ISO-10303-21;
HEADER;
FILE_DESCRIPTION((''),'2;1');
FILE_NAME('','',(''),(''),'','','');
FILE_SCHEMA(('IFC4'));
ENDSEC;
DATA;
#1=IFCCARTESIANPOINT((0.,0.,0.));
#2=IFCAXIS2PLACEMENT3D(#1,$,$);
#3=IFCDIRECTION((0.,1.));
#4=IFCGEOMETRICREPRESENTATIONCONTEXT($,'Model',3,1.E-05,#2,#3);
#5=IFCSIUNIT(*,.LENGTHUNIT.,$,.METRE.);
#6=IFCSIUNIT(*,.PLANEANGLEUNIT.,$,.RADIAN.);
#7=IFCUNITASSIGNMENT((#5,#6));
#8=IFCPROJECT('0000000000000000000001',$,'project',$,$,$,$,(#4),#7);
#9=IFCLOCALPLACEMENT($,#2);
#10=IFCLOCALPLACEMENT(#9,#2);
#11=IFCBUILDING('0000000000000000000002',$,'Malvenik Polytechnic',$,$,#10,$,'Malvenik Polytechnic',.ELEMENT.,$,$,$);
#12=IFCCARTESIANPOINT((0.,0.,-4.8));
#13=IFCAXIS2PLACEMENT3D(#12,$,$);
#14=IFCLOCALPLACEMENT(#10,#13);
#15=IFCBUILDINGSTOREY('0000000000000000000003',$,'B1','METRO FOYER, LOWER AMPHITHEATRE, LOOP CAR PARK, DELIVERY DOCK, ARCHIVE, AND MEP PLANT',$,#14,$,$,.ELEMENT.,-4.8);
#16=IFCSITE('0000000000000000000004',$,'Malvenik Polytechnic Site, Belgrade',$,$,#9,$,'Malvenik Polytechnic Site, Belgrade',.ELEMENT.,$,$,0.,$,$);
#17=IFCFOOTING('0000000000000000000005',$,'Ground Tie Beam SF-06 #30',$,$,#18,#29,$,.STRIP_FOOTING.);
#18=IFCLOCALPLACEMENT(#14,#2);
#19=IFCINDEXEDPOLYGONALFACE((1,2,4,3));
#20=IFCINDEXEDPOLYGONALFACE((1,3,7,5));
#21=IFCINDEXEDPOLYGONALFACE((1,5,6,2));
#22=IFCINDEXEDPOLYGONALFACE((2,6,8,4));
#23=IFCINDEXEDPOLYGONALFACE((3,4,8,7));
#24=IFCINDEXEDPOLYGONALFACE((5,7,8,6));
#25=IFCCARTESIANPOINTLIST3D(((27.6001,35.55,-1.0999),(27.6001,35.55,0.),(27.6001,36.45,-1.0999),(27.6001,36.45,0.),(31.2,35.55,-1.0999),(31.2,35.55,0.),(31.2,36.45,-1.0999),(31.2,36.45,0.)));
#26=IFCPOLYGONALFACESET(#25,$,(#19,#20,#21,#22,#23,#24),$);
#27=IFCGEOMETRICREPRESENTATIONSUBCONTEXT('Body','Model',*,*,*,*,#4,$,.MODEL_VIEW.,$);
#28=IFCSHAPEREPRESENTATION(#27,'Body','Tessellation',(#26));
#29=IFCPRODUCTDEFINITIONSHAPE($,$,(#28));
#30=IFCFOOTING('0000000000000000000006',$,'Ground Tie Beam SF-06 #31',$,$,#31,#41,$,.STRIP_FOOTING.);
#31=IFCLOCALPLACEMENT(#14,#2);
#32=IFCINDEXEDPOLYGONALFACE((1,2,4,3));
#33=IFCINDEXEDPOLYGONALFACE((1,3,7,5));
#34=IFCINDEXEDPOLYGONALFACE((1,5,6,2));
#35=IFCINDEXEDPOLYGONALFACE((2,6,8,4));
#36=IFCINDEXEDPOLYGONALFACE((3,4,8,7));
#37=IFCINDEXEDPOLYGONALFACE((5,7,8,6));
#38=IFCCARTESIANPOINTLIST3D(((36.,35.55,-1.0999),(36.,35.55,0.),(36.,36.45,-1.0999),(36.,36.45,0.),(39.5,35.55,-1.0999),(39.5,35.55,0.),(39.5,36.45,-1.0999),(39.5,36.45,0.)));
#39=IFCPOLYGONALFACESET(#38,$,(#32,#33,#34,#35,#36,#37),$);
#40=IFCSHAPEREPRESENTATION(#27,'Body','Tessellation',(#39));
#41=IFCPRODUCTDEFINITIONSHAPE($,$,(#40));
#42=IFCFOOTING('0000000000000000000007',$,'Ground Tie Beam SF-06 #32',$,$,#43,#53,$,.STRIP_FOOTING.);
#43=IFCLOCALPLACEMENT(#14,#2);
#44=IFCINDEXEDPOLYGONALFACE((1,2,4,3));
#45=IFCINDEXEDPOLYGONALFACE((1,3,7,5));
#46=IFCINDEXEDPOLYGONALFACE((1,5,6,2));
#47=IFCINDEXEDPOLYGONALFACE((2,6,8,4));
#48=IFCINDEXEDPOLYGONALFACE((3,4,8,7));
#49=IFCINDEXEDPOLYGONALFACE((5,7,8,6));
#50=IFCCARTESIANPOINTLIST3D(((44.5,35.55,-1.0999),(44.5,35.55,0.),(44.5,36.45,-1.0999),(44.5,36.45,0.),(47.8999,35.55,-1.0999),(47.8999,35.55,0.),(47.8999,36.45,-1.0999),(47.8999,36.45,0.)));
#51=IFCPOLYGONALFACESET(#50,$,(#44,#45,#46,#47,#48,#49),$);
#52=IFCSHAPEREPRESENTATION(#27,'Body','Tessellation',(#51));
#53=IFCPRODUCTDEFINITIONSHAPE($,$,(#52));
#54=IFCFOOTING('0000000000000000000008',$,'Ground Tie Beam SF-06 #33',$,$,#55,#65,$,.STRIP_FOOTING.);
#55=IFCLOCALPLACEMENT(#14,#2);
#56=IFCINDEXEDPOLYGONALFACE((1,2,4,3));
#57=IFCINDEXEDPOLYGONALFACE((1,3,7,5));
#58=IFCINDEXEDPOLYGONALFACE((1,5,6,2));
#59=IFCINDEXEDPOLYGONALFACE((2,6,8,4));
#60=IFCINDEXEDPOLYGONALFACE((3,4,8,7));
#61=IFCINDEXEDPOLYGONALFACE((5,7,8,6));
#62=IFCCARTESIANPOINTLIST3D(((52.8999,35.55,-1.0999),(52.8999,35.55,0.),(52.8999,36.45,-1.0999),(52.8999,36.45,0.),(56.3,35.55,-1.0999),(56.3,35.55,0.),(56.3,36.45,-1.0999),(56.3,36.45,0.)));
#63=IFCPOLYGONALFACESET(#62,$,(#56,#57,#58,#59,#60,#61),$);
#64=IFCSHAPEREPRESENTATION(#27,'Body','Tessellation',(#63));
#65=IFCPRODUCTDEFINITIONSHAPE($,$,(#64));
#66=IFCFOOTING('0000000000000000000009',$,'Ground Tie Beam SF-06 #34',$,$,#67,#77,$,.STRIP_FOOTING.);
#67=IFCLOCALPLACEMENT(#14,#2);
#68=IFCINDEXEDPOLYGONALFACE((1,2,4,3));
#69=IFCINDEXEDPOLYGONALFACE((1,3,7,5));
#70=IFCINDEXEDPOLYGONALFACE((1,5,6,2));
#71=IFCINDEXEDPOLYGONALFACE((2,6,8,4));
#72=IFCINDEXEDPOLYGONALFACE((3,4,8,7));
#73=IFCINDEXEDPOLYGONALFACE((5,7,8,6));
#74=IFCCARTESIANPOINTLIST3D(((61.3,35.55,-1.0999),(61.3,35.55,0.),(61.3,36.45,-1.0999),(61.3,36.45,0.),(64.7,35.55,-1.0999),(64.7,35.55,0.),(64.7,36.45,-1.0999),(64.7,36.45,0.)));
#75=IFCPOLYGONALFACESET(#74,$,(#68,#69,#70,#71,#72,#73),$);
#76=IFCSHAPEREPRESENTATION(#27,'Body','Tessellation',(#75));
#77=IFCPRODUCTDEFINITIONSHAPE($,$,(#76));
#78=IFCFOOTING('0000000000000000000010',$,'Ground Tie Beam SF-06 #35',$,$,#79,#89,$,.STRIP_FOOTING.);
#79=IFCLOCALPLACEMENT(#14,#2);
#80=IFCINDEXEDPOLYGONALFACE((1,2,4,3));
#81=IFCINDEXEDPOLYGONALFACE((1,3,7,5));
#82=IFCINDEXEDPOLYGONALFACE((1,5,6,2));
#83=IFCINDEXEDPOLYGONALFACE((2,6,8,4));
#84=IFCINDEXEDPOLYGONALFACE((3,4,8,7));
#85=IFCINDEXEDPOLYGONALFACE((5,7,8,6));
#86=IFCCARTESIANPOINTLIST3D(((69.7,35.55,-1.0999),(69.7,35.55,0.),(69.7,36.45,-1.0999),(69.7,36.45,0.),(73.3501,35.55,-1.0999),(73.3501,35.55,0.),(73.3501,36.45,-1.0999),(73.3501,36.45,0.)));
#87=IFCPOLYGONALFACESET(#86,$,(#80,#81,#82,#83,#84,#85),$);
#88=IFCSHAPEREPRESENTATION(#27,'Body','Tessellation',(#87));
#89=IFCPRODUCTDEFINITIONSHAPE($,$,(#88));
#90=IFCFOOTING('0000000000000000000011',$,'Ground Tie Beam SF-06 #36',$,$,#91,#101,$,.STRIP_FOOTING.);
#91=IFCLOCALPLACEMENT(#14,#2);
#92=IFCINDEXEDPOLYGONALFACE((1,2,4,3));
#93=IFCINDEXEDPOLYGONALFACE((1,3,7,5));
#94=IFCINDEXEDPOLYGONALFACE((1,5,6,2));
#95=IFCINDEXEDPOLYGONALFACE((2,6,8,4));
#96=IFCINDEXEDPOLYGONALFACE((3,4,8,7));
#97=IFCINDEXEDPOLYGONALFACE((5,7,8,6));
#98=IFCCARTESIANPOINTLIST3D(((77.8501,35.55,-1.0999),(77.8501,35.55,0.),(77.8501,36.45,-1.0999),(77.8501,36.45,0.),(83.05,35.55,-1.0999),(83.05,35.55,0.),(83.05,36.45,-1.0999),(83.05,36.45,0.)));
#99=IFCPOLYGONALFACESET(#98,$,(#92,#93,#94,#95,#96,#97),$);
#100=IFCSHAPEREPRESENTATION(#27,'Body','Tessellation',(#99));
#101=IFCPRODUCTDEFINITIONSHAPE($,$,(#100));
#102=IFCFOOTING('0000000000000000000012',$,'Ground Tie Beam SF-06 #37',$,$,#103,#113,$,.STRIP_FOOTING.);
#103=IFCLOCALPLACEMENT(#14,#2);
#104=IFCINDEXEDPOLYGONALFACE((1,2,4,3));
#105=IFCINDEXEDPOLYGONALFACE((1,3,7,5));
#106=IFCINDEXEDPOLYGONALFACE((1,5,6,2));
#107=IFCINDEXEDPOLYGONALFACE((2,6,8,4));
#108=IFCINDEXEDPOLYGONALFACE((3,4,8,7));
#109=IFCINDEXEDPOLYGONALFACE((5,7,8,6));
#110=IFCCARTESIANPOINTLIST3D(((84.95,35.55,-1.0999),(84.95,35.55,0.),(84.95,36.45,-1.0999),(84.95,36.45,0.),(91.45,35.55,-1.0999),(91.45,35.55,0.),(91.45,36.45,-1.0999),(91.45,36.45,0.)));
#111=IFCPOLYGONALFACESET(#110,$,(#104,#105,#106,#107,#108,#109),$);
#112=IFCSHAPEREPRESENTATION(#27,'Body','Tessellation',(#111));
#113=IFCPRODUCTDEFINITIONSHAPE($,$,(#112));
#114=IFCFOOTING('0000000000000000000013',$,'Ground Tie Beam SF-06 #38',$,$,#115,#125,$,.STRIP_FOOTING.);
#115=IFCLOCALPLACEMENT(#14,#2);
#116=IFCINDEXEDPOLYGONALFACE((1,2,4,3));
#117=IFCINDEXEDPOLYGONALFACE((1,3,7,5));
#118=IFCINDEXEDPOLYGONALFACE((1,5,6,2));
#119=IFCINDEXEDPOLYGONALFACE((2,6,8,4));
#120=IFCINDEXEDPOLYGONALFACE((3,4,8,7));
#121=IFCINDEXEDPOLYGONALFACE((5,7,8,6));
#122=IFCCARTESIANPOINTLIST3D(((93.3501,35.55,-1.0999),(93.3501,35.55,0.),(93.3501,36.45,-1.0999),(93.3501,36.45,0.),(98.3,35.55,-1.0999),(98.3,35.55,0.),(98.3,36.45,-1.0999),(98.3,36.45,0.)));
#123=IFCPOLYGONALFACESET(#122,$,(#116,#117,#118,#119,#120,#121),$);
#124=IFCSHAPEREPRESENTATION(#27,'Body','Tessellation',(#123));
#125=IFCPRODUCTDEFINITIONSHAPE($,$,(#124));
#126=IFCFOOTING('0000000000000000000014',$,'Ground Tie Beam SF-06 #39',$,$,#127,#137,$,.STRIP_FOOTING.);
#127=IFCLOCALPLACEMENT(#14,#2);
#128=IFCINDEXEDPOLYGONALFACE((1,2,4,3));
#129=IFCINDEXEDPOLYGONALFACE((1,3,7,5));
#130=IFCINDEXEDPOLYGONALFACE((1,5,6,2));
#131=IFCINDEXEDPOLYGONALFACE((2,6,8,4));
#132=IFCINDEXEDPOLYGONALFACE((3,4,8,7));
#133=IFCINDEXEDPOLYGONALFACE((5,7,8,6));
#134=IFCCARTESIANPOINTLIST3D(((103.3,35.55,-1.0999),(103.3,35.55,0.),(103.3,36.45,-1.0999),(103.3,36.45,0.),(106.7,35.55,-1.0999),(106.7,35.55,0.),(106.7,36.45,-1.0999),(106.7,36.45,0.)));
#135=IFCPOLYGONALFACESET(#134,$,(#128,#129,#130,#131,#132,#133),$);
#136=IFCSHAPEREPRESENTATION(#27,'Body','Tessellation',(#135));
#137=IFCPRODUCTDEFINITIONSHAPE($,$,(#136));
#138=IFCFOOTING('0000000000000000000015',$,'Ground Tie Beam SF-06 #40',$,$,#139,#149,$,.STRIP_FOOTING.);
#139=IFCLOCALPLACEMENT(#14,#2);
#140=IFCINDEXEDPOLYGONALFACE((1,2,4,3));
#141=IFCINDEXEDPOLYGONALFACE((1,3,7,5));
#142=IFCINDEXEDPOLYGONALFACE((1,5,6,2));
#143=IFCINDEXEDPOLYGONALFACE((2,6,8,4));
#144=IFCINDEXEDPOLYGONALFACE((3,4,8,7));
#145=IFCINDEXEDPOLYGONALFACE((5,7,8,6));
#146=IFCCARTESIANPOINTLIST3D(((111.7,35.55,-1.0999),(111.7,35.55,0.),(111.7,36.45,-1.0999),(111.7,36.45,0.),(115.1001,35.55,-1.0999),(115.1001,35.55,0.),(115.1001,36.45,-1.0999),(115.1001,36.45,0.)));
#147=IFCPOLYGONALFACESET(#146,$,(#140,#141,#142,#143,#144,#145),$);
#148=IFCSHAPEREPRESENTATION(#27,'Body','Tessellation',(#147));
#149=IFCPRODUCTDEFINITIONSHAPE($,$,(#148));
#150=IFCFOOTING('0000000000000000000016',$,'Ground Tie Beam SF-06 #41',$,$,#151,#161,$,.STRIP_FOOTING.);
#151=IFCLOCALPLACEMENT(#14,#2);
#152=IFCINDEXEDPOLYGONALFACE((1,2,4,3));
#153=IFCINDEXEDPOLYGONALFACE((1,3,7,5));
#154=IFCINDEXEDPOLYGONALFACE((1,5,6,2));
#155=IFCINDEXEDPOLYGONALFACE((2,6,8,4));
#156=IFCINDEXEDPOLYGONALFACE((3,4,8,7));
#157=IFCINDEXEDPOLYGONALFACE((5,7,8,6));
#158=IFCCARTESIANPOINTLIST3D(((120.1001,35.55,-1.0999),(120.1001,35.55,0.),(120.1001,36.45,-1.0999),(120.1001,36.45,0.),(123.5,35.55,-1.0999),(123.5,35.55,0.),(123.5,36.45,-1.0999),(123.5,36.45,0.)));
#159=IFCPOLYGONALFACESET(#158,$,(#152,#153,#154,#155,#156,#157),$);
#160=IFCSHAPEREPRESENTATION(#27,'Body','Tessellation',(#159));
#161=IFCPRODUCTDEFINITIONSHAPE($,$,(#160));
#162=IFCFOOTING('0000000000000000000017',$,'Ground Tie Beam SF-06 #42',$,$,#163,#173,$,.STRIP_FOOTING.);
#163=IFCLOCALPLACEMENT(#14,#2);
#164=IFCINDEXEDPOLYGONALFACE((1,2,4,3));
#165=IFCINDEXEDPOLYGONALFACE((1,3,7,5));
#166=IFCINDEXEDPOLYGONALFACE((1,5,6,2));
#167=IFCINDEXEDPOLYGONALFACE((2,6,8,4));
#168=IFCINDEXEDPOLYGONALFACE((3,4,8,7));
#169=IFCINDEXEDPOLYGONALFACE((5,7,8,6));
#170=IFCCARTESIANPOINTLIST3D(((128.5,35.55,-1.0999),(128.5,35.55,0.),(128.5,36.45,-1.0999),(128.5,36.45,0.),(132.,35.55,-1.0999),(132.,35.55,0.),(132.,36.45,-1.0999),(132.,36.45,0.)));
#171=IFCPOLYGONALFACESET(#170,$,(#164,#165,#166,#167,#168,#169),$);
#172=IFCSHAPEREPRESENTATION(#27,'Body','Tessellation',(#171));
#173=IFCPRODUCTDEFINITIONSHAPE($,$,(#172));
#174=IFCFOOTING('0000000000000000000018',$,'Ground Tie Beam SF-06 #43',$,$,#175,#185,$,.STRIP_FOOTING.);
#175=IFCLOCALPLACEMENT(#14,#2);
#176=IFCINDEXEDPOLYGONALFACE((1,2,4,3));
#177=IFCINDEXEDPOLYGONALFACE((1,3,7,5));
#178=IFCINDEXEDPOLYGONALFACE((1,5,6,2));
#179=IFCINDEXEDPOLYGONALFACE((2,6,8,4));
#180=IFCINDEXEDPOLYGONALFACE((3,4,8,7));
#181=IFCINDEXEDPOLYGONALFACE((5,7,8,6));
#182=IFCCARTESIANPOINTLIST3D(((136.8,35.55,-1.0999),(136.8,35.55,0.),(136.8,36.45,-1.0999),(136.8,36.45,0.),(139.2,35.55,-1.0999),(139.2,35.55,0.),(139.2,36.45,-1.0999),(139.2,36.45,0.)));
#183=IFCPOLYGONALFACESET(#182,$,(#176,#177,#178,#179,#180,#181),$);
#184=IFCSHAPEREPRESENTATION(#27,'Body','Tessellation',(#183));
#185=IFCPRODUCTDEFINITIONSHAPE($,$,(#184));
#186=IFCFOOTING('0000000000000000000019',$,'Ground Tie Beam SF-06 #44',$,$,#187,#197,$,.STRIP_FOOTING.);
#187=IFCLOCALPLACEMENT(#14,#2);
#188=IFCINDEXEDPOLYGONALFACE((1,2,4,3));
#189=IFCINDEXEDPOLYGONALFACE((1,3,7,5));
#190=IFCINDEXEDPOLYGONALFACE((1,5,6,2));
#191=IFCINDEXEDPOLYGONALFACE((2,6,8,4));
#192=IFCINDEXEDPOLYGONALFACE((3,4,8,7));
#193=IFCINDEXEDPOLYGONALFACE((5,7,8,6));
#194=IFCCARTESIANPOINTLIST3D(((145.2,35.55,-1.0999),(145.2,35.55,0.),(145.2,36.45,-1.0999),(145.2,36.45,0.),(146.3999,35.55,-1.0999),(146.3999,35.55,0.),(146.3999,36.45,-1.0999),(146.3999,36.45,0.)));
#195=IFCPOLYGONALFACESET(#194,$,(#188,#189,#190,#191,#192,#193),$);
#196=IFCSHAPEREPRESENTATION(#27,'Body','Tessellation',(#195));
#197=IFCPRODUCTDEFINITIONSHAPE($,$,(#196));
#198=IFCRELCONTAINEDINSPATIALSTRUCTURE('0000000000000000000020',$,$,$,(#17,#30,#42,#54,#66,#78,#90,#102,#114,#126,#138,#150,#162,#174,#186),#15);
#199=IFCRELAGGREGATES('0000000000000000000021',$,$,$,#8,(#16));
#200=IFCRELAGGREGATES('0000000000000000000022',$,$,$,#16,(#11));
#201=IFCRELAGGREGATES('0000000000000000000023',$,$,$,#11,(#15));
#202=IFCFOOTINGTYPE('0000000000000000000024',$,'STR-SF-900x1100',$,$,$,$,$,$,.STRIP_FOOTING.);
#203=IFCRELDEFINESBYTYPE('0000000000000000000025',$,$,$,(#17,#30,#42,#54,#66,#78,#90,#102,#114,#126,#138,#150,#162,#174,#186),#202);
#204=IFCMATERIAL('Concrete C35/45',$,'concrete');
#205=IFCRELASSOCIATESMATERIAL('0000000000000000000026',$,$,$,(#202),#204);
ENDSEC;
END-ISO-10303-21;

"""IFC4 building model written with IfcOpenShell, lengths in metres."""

from ifc_helpers import new_model, si_unit, direction, frame, origin, place, context, subcontext, project, spatial, polyline, outline, extrude, material, type_object, element, save


model = new_model("IFC4")

# Units and contexts
model_context = context("Model", 3, precision=1e-05, world=origin(), true_north=direction((0.0, 1.0)))
body_context = subcontext(model_context, "Body", "Model", "MODEL_VIEW")
ifc_project = project(units=[si_unit("LENGTHUNIT", "METRE"), si_unit("PLANEANGLEUNIT", "RADIAN")], contexts=[model_context])

# Site, building, storey
site_placement = place(None, origin())
site = spatial("IfcSite", under=ifc_project, at=site_placement, Name="Malvenik Polytechnic Site, Belgrade", LongName="Malvenik Polytechnic Site, Belgrade", CompositionType="ELEMENT", RefElevation=0.0)
building_placement = place(site_placement, origin())
building = spatial("IfcBuilding", under=site, at=building_placement, Name="Malvenik Polytechnic", LongName="Malvenik Polytechnic", CompositionType="ELEMENT")
storey_placement = place(building_placement, frame((0.0, 0.0, -4.8)))
storey = spatial("IfcBuildingStorey", under=building, at=storey_placement, Name="B1", Description="METRO FOYER, LOWER AMPHITHEATRE, LOOP CAR PARK, DELIVERY DOCK, ARCHIVE, AND MEP PLANT", CompositionType="ELEMENT", Elevation=-4.8)

# Footings
ifc_material = material(Name="Concrete C35/45", Category="concrete")
footing_type = type_object("IfcFootingType", Name="STR-SF-900x1100", PredefinedType="STRIP_FOOTING", material=ifc_material)
footing_1_placement = place(storey_placement, frame((0.0, 0.0, -1.0999)))
element("IfcFooting", 1, at=footing_1_placement, inside=storey, type_object=footing_type, Name="Ground Tie Beam SF-06 #30", PredefinedType="STRIP_FOOTING", context=body_context, shape_type="SweptSolid", body=[
    extrude(outline(polyline([(27.6001, 35.55), (31.2, 35.55), (31.2, 36.45), (27.6001, 36.45), (27.6001, 35.55)])), origin(), (0.0, 0.0, 1.0), 1.0999),
])
footing_2_placement = place(storey_placement, frame((0.0, 0.0, -1.0999)))
element("IfcFooting", 2, at=footing_2_placement, inside=storey, type_object=footing_type, Name="Ground Tie Beam SF-06 #31", PredefinedType="STRIP_FOOTING", context=body_context, shape_type="SweptSolid", body=[
    extrude(outline(polyline([(36.0, 35.55), (39.5, 35.55), (39.5, 36.45), (36.0, 36.45), (36.0, 35.55)])), origin(), (0.0, 0.0, 1.0), 1.0999),
])
footing_3_placement = place(storey_placement, frame((0.0, 0.0, -1.0999)))
element("IfcFooting", 3, at=footing_3_placement, inside=storey, type_object=footing_type, Name="Ground Tie Beam SF-06 #32", PredefinedType="STRIP_FOOTING", context=body_context, shape_type="SweptSolid", body=[
    extrude(outline(polyline([(44.5, 35.55), (47.8999, 35.55), (47.8999, 36.45), (44.5, 36.45), (44.5, 35.55)])), origin(), (0.0, 0.0, 1.0), 1.0999),
])
footing_4_placement = place(storey_placement, frame((0.0, 0.0, -1.0999)))
element("IfcFooting", 4, at=footing_4_placement, inside=storey, type_object=footing_type, Name="Ground Tie Beam SF-06 #33", PredefinedType="STRIP_FOOTING", context=body_context, shape_type="SweptSolid", body=[
    extrude(outline(polyline([(52.8999, 35.55), (56.3, 35.55), (56.3, 36.45), (52.8999, 36.45), (52.8999, 35.55)])), origin(), (0.0, 0.0, 1.0), 1.0999),
])
footing_5_placement = place(storey_placement, frame((0.0, 0.0, -1.0999)))
element("IfcFooting", 5, at=footing_5_placement, inside=storey, type_object=footing_type, Name="Ground Tie Beam SF-06 #34", PredefinedType="STRIP_FOOTING", context=body_context, shape_type="SweptSolid", body=[
    extrude(outline(polyline([(61.3, 35.55), (64.7, 35.55), (64.7, 36.45), (61.3, 36.45), (61.3, 35.55)])), origin(), (0.0, 0.0, 1.0), 1.0999),
])
footing_6_placement = place(storey_placement, frame((0.0, 0.0, -1.0999)))
element("IfcFooting", 6, at=footing_6_placement, inside=storey, type_object=footing_type, Name="Ground Tie Beam SF-06 #35", PredefinedType="STRIP_FOOTING", context=body_context, shape_type="SweptSolid", body=[
    extrude(outline(polyline([(69.7, 35.55), (73.3501, 35.55), (73.3501, 36.45), (69.7, 36.45), (69.7, 35.55)])), origin(), (0.0, 0.0, 1.0), 1.0999),
])
footing_7_placement = place(storey_placement, frame((0.0, 0.0, -1.0999)))
element("IfcFooting", 7, at=footing_7_placement, inside=storey, type_object=footing_type, Name="Ground Tie Beam SF-06 #36", PredefinedType="STRIP_FOOTING", context=body_context, shape_type="SweptSolid", body=[
    extrude(outline(polyline([(77.8501, 35.55), (83.05, 35.55), (83.05, 36.45), (77.8501, 36.45), (77.8501, 35.55)])), origin(), (0.0, 0.0, 1.0), 1.0999),
])
footing_8_placement = place(storey_placement, frame((0.0, 0.0, -1.0999)))
element("IfcFooting", 8, at=footing_8_placement, inside=storey, type_object=footing_type, Name="Ground Tie Beam SF-06 #37", PredefinedType="STRIP_FOOTING", context=body_context, shape_type="SweptSolid", body=[
    extrude(outline(polyline([(84.95, 35.55), (91.45, 35.55), (91.45, 36.45), (84.95, 36.45), (84.95, 35.55)])), origin(), (0.0, 0.0, 1.0), 1.0999),
])
footing_9_placement = place(storey_placement, frame((0.0, 0.0, -1.0999)))
element("IfcFooting", 9, at=footing_9_placement, inside=storey, type_object=footing_type, Name="Ground Tie Beam SF-06 #38", PredefinedType="STRIP_FOOTING", context=body_context, shape_type="SweptSolid", body=[
    extrude(outline(polyline([(93.3501, 35.55), (98.3, 35.55), (98.3, 36.45), (93.3501, 36.45), (93.3501, 35.55)])), origin(), (0.0, 0.0, 1.0), 1.0999),
])
footing_10_placement = place(storey_placement, frame((0.0, 0.0, -1.0999)))
element("IfcFooting", 10, at=footing_10_placement, inside=storey, type_object=footing_type, Name="Ground Tie Beam SF-06 #39", PredefinedType="STRIP_FOOTING", context=body_context, shape_type="SweptSolid", body=[
    extrude(outline(polyline([(103.3, 35.55), (106.7, 35.55), (106.7, 36.45), (103.3, 36.45), (103.3, 35.55)])), origin(), (0.0, 0.0, 1.0), 1.0999),
])
footing_11_placement = place(storey_placement, frame((0.0, 0.0, -1.0999)))
element("IfcFooting", 11, at=footing_11_placement, inside=storey, type_object=footing_type, Name="Ground Tie Beam SF-06 #40", PredefinedType="STRIP_FOOTING", context=body_context, shape_type="SweptSolid", body=[
    extrude(outline(polyline([(111.7, 35.55), (115.1001, 35.55), (115.1001, 36.45), (111.7, 36.45), (111.7, 35.55)])), origin(), (0.0, 0.0, 1.0), 1.0999),
])
footing_12_placement = place(storey_placement, frame((0.0, 0.0, -1.0999)))
element("IfcFooting", 12, at=footing_12_placement, inside=storey, type_object=footing_type, Name="Ground Tie Beam SF-06 #41", PredefinedType="STRIP_FOOTING", context=body_context, shape_type="SweptSolid", body=[
    extrude(outline(polyline([(120.1001, 35.55), (123.5, 35.55), (123.5, 36.45), (120.1001, 36.45), (120.1001, 35.55)])), origin(), (0.0, 0.0, 1.0), 1.0999),
])
footing_13_placement = place(storey_placement, frame((0.0, 0.0, -1.0999)))
element("IfcFooting", 13, at=footing_13_placement, inside=storey, type_object=footing_type, Name="Ground Tie Beam SF-06 #42", PredefinedType="STRIP_FOOTING", context=body_context, shape_type="SweptSolid", body=[
    extrude(outline(polyline([(128.5, 35.55), (132.0, 35.55), (132.0, 36.45), (128.5, 36.45), (128.5, 35.55)])), origin(), (0.0, 0.0, 1.0), 1.0999),
])
footing_14_placement = place(storey_placement, frame((0.0, 0.0, -1.0999)))
element("IfcFooting", 14, at=footing_14_placement, inside=storey, type_object=footing_type, Name="Ground Tie Beam SF-06 #43", PredefinedType="STRIP_FOOTING", context=body_context, shape_type="SweptSolid", body=[
    extrude(outline(polyline([(136.8, 35.55), (139.2, 35.55), (139.2, 36.45), (136.8, 36.45), (136.8, 35.55)])), origin(), (0.0, 0.0, 1.0), 1.0999),
])
footing_15_placement = place(storey_placement, frame((0.0, 0.0, -1.0999)))
element("IfcFooting", 15, at=footing_15_placement, inside=storey, type_object=footing_type, Name="Ground Tie Beam SF-06 #44", PredefinedType="STRIP_FOOTING", context=body_context, shape_type="SweptSolid", body=[
    extrude(outline(polyline([(145.2, 35.55), (146.3999, 35.55), (146.3999, 36.45), (145.2, 36.45), (145.2, 35.55)])), origin(), (0.0, 0.0, 1.0), 1.0999),
])

save(model, "model.ifc")
